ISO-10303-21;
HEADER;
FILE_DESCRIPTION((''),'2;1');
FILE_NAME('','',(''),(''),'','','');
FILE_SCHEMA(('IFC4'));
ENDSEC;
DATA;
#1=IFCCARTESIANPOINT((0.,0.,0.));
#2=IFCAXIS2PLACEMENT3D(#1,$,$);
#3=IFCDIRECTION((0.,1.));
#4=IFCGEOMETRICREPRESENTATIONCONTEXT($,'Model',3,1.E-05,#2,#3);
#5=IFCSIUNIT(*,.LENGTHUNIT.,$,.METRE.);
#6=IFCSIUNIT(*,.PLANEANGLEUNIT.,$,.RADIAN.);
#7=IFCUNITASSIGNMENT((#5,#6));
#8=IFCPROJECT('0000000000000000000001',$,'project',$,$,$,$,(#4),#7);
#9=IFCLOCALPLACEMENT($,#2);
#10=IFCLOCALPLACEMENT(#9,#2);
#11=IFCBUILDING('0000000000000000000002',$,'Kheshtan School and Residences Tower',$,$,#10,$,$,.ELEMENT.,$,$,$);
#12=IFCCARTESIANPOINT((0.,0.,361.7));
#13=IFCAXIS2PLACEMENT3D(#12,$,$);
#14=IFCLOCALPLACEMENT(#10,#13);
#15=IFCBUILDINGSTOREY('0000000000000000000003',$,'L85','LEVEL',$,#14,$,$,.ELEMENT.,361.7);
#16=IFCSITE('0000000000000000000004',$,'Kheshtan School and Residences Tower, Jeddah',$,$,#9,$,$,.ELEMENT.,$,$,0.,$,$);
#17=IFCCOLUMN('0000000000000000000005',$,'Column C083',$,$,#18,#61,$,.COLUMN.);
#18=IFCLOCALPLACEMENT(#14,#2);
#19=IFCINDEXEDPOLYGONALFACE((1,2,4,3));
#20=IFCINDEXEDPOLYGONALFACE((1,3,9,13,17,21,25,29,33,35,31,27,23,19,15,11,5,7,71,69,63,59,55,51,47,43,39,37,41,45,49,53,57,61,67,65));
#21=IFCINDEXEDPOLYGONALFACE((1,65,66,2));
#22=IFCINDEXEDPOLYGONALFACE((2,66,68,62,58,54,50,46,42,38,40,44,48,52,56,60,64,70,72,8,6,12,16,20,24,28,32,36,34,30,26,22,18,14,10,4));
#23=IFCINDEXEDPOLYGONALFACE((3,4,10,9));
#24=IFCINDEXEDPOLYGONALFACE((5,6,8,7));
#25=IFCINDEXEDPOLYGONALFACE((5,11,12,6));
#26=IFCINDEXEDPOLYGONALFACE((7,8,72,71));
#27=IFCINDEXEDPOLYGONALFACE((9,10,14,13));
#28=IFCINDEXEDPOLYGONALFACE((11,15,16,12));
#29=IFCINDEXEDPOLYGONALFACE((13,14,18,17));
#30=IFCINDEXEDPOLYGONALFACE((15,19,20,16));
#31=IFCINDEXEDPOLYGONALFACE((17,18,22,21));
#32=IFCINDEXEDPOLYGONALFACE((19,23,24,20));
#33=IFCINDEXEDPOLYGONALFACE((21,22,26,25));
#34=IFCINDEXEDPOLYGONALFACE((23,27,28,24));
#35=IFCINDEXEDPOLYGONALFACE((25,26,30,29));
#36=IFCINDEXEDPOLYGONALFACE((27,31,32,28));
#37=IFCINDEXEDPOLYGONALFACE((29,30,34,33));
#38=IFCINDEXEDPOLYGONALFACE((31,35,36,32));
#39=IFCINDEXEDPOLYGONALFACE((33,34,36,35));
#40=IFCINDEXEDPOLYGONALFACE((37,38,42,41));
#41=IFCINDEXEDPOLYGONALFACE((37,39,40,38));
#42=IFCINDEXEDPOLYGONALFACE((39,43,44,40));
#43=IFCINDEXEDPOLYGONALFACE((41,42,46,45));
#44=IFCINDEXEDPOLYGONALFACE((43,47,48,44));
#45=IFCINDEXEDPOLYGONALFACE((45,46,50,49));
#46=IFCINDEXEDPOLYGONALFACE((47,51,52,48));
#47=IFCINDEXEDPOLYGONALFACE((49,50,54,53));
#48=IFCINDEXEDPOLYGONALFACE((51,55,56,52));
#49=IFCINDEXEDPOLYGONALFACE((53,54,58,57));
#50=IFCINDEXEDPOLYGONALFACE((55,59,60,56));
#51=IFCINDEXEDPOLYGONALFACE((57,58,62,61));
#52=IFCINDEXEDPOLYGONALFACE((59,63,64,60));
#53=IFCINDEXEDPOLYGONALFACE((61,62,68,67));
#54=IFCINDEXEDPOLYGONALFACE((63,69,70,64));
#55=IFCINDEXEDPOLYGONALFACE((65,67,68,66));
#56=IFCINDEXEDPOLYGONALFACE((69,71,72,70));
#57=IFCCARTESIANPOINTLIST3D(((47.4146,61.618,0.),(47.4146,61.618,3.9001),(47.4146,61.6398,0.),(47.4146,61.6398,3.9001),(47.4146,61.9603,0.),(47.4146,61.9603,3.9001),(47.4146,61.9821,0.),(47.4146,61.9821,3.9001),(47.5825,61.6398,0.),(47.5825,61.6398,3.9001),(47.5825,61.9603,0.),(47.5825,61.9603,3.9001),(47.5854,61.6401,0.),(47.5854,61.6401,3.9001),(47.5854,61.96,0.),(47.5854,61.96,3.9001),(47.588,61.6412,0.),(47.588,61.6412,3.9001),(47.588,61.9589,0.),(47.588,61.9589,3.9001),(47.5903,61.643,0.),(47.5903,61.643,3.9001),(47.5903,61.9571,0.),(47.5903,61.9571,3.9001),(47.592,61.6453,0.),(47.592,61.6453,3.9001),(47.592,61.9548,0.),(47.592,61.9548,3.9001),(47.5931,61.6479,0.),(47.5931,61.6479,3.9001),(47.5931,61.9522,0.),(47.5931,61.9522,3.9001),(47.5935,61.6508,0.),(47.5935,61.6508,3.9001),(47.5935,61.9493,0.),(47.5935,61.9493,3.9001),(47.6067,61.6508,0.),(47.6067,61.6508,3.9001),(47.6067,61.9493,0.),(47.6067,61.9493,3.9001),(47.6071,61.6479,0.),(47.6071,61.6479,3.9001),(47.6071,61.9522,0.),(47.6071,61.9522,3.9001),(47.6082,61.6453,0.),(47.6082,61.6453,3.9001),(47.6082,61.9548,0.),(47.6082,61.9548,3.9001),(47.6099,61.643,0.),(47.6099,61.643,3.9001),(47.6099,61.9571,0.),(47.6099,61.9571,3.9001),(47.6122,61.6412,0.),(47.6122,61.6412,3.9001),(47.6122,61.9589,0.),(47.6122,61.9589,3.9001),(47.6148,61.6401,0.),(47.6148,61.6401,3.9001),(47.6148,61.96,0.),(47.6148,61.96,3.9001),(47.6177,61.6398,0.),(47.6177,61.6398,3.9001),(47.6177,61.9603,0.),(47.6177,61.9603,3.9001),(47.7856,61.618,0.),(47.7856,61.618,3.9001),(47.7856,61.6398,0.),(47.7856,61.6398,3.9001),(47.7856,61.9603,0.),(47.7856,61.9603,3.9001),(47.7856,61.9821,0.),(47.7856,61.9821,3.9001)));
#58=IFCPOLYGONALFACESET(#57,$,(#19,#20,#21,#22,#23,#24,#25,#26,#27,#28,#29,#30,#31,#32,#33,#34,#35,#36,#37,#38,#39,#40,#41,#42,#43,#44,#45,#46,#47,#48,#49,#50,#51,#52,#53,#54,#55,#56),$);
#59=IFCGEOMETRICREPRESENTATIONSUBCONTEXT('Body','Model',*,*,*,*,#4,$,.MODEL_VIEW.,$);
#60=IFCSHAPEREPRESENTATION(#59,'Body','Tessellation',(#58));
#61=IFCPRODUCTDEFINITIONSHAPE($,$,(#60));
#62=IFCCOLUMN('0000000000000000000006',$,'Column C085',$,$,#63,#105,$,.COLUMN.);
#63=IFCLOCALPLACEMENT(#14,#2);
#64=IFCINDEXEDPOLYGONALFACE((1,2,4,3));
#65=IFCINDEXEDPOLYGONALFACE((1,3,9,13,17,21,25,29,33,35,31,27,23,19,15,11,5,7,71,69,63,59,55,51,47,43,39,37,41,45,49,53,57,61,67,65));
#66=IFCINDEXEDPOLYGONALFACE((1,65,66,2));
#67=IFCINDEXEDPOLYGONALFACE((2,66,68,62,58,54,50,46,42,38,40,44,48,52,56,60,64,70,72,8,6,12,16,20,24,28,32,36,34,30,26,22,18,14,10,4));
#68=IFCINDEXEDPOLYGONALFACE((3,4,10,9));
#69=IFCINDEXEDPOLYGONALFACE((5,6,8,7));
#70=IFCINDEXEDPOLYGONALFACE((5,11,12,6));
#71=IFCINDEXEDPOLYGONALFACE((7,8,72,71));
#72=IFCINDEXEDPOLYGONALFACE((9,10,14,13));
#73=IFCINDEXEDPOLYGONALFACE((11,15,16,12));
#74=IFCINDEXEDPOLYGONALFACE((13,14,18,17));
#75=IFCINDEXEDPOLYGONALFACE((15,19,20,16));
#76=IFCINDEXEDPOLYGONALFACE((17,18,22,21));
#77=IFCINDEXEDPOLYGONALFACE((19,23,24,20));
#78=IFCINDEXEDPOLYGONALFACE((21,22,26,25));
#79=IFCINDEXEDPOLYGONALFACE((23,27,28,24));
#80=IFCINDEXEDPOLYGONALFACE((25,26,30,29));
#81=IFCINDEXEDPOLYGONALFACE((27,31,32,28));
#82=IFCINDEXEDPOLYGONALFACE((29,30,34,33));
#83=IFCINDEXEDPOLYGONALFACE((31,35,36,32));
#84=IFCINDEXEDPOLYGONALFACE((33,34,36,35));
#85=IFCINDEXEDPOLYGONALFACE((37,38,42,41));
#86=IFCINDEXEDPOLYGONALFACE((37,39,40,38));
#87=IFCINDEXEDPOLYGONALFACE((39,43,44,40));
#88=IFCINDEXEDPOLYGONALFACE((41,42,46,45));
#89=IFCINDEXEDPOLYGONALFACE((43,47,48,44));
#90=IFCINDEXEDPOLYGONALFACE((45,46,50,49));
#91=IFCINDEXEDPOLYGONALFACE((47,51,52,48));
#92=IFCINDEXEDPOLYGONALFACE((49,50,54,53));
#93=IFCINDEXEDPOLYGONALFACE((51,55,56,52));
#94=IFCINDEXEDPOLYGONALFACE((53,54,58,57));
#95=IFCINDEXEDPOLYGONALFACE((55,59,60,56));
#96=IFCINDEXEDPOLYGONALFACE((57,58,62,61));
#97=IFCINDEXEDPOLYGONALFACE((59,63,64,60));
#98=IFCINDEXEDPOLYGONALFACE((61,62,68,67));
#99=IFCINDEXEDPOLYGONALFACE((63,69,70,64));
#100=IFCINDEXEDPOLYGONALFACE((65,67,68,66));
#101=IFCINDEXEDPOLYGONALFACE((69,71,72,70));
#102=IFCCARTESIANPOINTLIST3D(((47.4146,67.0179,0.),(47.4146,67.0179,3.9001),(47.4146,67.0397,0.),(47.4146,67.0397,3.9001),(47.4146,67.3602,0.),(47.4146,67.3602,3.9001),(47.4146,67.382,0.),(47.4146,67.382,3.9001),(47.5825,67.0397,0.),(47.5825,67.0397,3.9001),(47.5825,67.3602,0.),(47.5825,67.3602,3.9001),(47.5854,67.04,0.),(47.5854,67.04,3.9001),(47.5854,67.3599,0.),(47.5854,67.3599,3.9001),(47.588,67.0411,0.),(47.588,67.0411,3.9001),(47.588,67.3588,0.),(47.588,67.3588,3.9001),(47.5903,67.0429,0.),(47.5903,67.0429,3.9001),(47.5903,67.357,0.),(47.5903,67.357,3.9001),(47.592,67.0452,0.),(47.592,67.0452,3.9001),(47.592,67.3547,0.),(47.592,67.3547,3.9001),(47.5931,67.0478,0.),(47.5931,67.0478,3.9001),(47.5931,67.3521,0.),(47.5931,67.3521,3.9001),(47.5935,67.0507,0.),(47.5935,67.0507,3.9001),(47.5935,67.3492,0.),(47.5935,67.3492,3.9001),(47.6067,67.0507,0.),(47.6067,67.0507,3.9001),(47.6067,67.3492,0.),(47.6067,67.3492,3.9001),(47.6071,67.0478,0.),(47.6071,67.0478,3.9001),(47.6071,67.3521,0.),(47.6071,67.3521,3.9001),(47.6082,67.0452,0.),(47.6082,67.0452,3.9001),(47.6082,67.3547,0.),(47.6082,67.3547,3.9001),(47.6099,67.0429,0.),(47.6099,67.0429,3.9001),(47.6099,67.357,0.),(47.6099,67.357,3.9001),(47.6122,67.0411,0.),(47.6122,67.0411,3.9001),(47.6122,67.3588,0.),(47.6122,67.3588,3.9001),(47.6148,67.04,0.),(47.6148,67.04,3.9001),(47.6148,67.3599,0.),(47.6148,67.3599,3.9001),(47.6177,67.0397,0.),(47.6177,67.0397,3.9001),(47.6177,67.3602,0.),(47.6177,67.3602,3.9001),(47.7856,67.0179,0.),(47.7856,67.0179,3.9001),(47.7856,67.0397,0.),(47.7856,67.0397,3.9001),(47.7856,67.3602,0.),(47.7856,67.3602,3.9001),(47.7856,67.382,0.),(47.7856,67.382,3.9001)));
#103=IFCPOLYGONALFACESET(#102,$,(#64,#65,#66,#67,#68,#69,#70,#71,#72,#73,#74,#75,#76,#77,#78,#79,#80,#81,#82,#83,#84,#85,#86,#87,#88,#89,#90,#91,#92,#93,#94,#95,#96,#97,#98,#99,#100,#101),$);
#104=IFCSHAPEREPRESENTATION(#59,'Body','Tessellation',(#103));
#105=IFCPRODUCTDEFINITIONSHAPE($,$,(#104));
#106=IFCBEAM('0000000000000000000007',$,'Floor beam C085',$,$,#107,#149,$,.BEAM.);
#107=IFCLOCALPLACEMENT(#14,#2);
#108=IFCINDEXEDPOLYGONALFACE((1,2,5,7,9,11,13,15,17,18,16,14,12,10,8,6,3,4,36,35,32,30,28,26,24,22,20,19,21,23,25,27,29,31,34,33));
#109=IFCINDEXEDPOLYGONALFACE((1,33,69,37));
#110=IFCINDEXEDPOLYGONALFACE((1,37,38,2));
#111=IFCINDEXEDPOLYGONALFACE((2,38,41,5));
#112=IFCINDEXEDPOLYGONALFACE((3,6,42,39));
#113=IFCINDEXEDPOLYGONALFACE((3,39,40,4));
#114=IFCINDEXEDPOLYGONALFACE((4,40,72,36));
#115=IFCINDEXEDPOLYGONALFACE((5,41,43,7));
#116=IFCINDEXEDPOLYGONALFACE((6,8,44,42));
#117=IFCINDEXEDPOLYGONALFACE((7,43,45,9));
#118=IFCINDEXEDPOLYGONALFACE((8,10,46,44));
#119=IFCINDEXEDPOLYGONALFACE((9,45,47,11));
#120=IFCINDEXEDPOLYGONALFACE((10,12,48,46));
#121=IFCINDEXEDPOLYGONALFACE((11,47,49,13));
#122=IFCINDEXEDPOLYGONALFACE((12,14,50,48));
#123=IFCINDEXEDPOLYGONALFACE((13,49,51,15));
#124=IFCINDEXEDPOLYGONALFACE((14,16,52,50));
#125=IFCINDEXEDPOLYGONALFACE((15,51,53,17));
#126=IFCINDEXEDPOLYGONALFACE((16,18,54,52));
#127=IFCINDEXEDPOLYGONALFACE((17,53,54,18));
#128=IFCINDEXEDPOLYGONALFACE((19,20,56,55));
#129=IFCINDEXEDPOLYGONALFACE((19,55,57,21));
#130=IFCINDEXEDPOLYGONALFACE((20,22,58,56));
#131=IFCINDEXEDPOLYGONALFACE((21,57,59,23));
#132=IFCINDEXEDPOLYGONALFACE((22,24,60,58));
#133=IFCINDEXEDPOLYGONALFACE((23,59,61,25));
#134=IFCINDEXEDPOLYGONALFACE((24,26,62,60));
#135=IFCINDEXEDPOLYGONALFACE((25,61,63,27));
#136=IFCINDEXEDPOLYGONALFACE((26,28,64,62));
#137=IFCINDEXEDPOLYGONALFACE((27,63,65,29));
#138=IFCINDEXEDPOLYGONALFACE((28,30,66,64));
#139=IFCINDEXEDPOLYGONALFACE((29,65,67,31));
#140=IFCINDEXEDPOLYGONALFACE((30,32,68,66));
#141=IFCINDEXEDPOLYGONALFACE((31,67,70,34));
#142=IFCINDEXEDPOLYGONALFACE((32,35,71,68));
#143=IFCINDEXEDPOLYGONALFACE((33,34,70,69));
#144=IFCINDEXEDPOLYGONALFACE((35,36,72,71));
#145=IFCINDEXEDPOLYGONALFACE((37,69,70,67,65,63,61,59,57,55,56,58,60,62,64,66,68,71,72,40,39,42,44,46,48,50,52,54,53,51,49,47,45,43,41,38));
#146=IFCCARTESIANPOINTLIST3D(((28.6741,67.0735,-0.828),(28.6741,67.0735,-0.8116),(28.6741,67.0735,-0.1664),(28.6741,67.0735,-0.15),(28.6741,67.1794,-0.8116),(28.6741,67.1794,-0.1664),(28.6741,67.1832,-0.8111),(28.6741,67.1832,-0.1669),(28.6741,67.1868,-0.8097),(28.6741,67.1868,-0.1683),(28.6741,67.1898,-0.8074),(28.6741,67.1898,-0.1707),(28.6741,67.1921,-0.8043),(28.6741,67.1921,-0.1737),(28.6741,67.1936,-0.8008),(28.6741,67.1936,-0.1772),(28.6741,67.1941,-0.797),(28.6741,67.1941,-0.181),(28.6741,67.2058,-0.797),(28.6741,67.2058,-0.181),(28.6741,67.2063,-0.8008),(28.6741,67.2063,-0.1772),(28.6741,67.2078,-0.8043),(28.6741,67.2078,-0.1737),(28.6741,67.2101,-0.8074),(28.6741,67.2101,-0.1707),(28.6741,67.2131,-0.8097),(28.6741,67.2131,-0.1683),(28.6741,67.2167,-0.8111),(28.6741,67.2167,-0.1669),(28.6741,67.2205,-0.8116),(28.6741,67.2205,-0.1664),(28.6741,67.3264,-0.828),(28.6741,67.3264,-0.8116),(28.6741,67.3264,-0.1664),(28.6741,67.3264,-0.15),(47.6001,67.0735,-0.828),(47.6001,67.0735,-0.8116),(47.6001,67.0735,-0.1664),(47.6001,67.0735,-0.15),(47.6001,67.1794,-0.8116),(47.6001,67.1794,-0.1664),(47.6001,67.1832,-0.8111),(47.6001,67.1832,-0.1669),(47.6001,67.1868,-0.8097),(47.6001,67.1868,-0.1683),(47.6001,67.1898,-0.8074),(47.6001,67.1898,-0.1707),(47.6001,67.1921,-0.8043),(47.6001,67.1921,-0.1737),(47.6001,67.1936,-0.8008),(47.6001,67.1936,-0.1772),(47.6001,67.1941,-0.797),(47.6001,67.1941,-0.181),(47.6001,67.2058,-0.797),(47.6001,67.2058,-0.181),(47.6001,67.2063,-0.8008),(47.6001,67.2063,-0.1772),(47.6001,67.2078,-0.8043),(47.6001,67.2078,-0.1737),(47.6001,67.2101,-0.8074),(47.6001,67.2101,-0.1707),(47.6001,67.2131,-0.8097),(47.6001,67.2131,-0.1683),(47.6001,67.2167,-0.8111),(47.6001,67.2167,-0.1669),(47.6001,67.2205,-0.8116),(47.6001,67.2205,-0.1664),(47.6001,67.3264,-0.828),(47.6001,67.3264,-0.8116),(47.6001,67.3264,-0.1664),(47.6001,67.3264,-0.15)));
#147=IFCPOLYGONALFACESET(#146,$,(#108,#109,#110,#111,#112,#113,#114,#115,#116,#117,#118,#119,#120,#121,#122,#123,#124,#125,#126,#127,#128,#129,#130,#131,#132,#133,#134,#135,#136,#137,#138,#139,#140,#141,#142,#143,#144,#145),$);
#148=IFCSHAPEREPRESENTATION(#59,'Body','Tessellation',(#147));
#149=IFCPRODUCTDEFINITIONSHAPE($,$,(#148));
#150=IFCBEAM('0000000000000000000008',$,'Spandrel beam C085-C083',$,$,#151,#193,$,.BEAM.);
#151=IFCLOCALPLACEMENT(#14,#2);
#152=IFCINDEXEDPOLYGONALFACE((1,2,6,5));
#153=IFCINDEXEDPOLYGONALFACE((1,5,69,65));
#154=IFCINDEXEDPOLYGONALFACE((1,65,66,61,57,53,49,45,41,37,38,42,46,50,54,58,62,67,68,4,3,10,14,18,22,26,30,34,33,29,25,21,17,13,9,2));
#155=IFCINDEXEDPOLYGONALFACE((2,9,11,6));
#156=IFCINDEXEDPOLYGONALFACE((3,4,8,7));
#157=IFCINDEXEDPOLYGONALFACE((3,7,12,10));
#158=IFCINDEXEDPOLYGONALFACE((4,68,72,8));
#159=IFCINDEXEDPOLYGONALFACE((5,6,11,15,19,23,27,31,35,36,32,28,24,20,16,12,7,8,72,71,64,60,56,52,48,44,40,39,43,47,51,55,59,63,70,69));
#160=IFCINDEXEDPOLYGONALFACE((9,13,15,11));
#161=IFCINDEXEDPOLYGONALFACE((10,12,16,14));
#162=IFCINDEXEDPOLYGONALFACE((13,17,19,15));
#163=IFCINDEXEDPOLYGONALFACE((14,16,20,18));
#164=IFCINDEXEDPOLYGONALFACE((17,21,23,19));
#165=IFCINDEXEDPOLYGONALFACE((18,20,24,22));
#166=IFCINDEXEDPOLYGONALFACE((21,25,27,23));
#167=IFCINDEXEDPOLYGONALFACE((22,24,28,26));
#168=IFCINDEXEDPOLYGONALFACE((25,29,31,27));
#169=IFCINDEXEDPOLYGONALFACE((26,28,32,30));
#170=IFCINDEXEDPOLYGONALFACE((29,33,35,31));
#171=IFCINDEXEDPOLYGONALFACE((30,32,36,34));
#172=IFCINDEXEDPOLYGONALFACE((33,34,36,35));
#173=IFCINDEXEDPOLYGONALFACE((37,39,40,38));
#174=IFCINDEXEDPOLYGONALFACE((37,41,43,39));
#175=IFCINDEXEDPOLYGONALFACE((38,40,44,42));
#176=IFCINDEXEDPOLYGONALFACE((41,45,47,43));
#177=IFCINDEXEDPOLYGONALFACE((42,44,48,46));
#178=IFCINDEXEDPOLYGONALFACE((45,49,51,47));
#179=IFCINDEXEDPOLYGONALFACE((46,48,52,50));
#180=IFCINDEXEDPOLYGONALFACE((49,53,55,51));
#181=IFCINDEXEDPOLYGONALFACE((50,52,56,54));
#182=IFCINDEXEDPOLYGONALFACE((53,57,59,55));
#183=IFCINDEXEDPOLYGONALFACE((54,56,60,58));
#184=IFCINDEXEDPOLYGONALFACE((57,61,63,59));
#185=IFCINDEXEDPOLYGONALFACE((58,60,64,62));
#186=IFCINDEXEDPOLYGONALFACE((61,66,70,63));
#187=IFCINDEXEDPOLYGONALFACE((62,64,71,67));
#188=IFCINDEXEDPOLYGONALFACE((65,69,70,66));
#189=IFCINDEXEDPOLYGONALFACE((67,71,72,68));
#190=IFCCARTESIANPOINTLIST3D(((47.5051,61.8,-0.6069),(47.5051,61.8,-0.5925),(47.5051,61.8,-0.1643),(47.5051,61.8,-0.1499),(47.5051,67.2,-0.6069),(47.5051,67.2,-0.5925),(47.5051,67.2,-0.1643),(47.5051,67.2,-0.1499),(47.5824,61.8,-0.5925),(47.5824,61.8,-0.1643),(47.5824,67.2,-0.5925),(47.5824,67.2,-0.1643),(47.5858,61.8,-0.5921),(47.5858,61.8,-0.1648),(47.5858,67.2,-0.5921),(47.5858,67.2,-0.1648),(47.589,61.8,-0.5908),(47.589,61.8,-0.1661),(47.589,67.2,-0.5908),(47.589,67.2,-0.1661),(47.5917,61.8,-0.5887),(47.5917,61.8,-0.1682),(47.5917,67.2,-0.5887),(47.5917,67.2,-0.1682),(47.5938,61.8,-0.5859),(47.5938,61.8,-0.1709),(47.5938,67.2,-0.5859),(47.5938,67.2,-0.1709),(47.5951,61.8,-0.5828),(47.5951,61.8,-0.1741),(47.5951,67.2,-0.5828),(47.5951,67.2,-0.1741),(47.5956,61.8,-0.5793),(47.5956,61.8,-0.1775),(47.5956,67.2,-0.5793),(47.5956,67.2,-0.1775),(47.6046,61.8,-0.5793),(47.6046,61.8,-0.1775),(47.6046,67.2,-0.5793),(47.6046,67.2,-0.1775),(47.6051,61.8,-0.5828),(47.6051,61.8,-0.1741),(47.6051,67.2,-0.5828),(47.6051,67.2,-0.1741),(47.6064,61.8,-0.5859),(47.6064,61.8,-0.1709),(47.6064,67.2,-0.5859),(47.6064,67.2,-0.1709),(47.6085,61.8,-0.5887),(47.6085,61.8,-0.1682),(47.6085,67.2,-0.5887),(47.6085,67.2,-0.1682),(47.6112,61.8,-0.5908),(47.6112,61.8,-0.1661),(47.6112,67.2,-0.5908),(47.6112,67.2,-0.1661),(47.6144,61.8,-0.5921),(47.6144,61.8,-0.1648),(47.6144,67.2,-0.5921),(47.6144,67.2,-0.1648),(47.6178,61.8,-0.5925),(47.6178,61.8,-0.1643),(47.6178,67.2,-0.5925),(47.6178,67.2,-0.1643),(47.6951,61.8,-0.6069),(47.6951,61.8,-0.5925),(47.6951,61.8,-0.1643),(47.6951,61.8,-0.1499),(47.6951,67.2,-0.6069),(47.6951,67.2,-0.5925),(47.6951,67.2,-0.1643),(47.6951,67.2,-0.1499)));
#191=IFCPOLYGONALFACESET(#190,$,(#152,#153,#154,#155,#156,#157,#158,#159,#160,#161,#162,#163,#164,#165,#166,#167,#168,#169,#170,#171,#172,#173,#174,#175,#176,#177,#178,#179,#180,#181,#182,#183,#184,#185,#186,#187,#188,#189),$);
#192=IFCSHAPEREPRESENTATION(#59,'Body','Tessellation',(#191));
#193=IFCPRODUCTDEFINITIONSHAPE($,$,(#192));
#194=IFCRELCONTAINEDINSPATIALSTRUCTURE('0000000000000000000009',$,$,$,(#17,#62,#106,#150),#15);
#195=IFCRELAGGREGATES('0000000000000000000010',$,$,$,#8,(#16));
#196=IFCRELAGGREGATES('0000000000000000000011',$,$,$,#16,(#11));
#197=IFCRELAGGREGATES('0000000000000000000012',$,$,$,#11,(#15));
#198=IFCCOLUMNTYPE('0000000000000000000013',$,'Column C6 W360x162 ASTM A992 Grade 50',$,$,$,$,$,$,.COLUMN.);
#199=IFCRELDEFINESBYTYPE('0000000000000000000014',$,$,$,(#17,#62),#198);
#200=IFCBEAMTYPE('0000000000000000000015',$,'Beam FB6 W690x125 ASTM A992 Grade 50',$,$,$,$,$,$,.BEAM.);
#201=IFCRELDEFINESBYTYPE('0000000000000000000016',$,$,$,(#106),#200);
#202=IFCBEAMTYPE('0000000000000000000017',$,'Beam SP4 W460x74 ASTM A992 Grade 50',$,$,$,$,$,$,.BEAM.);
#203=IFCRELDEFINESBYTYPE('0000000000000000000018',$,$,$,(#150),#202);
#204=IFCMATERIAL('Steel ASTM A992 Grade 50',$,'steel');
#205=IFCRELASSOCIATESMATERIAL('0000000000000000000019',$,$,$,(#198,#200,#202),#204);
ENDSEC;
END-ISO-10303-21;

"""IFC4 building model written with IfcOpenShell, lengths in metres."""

from ifc_helpers import new_model, si_unit, direction, frame, origin, origin_2d, place, context, subcontext, project, spatial, i_section, extrude, material, material_profile, profile_set, type_object, element, save


model = new_model("IFC4")

# Units and contexts
model_context = context("Model", 3, precision=1e-05, world=origin(), true_north=direction((0.0, 1.0)))
body_context = subcontext(model_context, "Body", "Model", "MODEL_VIEW")
ifc_project = project(units=[si_unit("LENGTHUNIT", "METRE"), si_unit("PLANEANGLEUNIT", "RADIAN")], contexts=[model_context])

# Site, building, storey
site_placement = place(None, origin())
site = spatial("IfcSite", under=ifc_project, at=site_placement, Name="Kheshtan School and Residences Tower, Jeddah", CompositionType="ELEMENT", RefElevation=0.0)
building_placement = place(site_placement, origin())
building = spatial("IfcBuilding", under=site, at=building_placement, Name="Kheshtan School and Residences Tower", CompositionType="ELEMENT")
storey_placement = place(building_placement, frame((0.0, 0.0, 361.7)))
storey = spatial("IfcBuildingStorey", under=building, at=storey_placement, Name="L85", Description="LEVEL", CompositionType="ELEMENT", Elevation=361.7)

# Columns
ifc_material_1 = material(Name="Steel ASTM A992 Grade 50", Category="steel")
ifc_material_profile_1 = material_profile(ifc_material_1, i_section(OverallWidth=0.3711, OverallDepth=0.364, WebThickness=0.0132, FlangeThickness=0.0217, FilletRadius=0.011, at=origin_2d()), Name="W360x162")
ifc_profile_set_1 = profile_set([ifc_material_profile_1], Name="Steel ASTM A992 Grade 50")
column_type = type_object("IfcColumnType", Name="Column C6 W360x162 ASTM A992 Grade 50", PredefinedType="COLUMN", material=ifc_profile_set_1)
for number, where, z_axis, x_axis, name in (
    (1, (47.6001, 61.8, 0.0), (0.0, 0.0, 1.0), (1.0, 0.0, 0.0), "Column C083"),
    (2, (47.6001, 67.2, 0.0), (0.0, 0.0, 1.0), (1.0, 0.0, 0.0), "Column C085"),
):
    element("IfcColumn", number, at=place(storey_placement, frame(where, z_axis=z_axis, x_axis=x_axis)), inside=storey, type_object=column_type, Name=name, PredefinedType="COLUMN", context=body_context, shape_type="SweptSolid", body=[
        extrude(i_section(OverallWidth=0.3711, OverallDepth=0.364, WebThickness=0.0132, FlangeThickness=0.0217, FilletRadius=0.011, at=origin_2d()), origin(), (0.0, 0.0, 1.0), 3.9001),
    ])

# Beams
ifc_material_profile_2 = material_profile(ifc_material_1, i_section(OverallWidth=0.2529, OverallDepth=0.678, WebThickness=0.0117, FlangeThickness=0.0164, FilletRadius=0.0146, at=origin_2d()), Name="W690x125")
ifc_profile_set_2 = profile_set([ifc_material_profile_2], Name="Steel ASTM A992 Grade 50")
beam_type_1 = type_object("IfcBeamType", Name="Beam FB6 W690x125 ASTM A992 Grade 50", PredefinedType="BEAM", material=ifc_profile_set_2)
beam_1_placement = place(storey_placement, frame((47.6001, 67.2, -0.489), z_axis=(-1.0, 0.0, 0.0), x_axis=(0.0, -1.0, 0.0)))
element("IfcBeam", 3, at=beam_1_placement, inside=storey, type_object=beam_type_1, Name="Floor beam C085", PredefinedType="BEAM", context=body_context, shape_type="SweptSolid", body=[
    extrude(i_section(OverallWidth=0.2529, OverallDepth=0.678, WebThickness=0.0117, FlangeThickness=0.0164, FilletRadius=0.0146, at=origin_2d()), origin(), (0.0, 0.0, 1.0), 18.926),
])
ifc_material_profile_3 = material_profile(ifc_material_1, i_section(OverallWidth=0.1899, OverallDepth=0.457, WebThickness=0.009, FlangeThickness=0.0144, FilletRadius=0.0132, at=origin_2d()), Name="W460x74")
ifc_profile_set_3 = profile_set([ifc_material_profile_3], Name="Steel ASTM A992 Grade 50")
beam_type_2 = type_object("IfcBeamType", Name="Beam SP4 W460x74 ASTM A992 Grade 50", PredefinedType="BEAM", material=ifc_profile_set_3)
beam_2_placement = place(storey_placement, frame((47.6001, 67.2, -0.3784), z_axis=(0.0, -1.0, 0.0), x_axis=(1.0, 0.0, 0.0)))
element("IfcBeam", 4, at=beam_2_placement, inside=storey, type_object=beam_type_2, Name="Spandrel beam C085-C083", PredefinedType="BEAM", context=body_context, shape_type="SweptSolid", body=[
    extrude(i_section(OverallWidth=0.1899, OverallDepth=0.457, WebThickness=0.009, FlangeThickness=0.0144, FilletRadius=0.0132, at=origin_2d()), origin(), (0.0, 0.0, 1.0), 5.3999),
])

save(model, "model.ifc")
